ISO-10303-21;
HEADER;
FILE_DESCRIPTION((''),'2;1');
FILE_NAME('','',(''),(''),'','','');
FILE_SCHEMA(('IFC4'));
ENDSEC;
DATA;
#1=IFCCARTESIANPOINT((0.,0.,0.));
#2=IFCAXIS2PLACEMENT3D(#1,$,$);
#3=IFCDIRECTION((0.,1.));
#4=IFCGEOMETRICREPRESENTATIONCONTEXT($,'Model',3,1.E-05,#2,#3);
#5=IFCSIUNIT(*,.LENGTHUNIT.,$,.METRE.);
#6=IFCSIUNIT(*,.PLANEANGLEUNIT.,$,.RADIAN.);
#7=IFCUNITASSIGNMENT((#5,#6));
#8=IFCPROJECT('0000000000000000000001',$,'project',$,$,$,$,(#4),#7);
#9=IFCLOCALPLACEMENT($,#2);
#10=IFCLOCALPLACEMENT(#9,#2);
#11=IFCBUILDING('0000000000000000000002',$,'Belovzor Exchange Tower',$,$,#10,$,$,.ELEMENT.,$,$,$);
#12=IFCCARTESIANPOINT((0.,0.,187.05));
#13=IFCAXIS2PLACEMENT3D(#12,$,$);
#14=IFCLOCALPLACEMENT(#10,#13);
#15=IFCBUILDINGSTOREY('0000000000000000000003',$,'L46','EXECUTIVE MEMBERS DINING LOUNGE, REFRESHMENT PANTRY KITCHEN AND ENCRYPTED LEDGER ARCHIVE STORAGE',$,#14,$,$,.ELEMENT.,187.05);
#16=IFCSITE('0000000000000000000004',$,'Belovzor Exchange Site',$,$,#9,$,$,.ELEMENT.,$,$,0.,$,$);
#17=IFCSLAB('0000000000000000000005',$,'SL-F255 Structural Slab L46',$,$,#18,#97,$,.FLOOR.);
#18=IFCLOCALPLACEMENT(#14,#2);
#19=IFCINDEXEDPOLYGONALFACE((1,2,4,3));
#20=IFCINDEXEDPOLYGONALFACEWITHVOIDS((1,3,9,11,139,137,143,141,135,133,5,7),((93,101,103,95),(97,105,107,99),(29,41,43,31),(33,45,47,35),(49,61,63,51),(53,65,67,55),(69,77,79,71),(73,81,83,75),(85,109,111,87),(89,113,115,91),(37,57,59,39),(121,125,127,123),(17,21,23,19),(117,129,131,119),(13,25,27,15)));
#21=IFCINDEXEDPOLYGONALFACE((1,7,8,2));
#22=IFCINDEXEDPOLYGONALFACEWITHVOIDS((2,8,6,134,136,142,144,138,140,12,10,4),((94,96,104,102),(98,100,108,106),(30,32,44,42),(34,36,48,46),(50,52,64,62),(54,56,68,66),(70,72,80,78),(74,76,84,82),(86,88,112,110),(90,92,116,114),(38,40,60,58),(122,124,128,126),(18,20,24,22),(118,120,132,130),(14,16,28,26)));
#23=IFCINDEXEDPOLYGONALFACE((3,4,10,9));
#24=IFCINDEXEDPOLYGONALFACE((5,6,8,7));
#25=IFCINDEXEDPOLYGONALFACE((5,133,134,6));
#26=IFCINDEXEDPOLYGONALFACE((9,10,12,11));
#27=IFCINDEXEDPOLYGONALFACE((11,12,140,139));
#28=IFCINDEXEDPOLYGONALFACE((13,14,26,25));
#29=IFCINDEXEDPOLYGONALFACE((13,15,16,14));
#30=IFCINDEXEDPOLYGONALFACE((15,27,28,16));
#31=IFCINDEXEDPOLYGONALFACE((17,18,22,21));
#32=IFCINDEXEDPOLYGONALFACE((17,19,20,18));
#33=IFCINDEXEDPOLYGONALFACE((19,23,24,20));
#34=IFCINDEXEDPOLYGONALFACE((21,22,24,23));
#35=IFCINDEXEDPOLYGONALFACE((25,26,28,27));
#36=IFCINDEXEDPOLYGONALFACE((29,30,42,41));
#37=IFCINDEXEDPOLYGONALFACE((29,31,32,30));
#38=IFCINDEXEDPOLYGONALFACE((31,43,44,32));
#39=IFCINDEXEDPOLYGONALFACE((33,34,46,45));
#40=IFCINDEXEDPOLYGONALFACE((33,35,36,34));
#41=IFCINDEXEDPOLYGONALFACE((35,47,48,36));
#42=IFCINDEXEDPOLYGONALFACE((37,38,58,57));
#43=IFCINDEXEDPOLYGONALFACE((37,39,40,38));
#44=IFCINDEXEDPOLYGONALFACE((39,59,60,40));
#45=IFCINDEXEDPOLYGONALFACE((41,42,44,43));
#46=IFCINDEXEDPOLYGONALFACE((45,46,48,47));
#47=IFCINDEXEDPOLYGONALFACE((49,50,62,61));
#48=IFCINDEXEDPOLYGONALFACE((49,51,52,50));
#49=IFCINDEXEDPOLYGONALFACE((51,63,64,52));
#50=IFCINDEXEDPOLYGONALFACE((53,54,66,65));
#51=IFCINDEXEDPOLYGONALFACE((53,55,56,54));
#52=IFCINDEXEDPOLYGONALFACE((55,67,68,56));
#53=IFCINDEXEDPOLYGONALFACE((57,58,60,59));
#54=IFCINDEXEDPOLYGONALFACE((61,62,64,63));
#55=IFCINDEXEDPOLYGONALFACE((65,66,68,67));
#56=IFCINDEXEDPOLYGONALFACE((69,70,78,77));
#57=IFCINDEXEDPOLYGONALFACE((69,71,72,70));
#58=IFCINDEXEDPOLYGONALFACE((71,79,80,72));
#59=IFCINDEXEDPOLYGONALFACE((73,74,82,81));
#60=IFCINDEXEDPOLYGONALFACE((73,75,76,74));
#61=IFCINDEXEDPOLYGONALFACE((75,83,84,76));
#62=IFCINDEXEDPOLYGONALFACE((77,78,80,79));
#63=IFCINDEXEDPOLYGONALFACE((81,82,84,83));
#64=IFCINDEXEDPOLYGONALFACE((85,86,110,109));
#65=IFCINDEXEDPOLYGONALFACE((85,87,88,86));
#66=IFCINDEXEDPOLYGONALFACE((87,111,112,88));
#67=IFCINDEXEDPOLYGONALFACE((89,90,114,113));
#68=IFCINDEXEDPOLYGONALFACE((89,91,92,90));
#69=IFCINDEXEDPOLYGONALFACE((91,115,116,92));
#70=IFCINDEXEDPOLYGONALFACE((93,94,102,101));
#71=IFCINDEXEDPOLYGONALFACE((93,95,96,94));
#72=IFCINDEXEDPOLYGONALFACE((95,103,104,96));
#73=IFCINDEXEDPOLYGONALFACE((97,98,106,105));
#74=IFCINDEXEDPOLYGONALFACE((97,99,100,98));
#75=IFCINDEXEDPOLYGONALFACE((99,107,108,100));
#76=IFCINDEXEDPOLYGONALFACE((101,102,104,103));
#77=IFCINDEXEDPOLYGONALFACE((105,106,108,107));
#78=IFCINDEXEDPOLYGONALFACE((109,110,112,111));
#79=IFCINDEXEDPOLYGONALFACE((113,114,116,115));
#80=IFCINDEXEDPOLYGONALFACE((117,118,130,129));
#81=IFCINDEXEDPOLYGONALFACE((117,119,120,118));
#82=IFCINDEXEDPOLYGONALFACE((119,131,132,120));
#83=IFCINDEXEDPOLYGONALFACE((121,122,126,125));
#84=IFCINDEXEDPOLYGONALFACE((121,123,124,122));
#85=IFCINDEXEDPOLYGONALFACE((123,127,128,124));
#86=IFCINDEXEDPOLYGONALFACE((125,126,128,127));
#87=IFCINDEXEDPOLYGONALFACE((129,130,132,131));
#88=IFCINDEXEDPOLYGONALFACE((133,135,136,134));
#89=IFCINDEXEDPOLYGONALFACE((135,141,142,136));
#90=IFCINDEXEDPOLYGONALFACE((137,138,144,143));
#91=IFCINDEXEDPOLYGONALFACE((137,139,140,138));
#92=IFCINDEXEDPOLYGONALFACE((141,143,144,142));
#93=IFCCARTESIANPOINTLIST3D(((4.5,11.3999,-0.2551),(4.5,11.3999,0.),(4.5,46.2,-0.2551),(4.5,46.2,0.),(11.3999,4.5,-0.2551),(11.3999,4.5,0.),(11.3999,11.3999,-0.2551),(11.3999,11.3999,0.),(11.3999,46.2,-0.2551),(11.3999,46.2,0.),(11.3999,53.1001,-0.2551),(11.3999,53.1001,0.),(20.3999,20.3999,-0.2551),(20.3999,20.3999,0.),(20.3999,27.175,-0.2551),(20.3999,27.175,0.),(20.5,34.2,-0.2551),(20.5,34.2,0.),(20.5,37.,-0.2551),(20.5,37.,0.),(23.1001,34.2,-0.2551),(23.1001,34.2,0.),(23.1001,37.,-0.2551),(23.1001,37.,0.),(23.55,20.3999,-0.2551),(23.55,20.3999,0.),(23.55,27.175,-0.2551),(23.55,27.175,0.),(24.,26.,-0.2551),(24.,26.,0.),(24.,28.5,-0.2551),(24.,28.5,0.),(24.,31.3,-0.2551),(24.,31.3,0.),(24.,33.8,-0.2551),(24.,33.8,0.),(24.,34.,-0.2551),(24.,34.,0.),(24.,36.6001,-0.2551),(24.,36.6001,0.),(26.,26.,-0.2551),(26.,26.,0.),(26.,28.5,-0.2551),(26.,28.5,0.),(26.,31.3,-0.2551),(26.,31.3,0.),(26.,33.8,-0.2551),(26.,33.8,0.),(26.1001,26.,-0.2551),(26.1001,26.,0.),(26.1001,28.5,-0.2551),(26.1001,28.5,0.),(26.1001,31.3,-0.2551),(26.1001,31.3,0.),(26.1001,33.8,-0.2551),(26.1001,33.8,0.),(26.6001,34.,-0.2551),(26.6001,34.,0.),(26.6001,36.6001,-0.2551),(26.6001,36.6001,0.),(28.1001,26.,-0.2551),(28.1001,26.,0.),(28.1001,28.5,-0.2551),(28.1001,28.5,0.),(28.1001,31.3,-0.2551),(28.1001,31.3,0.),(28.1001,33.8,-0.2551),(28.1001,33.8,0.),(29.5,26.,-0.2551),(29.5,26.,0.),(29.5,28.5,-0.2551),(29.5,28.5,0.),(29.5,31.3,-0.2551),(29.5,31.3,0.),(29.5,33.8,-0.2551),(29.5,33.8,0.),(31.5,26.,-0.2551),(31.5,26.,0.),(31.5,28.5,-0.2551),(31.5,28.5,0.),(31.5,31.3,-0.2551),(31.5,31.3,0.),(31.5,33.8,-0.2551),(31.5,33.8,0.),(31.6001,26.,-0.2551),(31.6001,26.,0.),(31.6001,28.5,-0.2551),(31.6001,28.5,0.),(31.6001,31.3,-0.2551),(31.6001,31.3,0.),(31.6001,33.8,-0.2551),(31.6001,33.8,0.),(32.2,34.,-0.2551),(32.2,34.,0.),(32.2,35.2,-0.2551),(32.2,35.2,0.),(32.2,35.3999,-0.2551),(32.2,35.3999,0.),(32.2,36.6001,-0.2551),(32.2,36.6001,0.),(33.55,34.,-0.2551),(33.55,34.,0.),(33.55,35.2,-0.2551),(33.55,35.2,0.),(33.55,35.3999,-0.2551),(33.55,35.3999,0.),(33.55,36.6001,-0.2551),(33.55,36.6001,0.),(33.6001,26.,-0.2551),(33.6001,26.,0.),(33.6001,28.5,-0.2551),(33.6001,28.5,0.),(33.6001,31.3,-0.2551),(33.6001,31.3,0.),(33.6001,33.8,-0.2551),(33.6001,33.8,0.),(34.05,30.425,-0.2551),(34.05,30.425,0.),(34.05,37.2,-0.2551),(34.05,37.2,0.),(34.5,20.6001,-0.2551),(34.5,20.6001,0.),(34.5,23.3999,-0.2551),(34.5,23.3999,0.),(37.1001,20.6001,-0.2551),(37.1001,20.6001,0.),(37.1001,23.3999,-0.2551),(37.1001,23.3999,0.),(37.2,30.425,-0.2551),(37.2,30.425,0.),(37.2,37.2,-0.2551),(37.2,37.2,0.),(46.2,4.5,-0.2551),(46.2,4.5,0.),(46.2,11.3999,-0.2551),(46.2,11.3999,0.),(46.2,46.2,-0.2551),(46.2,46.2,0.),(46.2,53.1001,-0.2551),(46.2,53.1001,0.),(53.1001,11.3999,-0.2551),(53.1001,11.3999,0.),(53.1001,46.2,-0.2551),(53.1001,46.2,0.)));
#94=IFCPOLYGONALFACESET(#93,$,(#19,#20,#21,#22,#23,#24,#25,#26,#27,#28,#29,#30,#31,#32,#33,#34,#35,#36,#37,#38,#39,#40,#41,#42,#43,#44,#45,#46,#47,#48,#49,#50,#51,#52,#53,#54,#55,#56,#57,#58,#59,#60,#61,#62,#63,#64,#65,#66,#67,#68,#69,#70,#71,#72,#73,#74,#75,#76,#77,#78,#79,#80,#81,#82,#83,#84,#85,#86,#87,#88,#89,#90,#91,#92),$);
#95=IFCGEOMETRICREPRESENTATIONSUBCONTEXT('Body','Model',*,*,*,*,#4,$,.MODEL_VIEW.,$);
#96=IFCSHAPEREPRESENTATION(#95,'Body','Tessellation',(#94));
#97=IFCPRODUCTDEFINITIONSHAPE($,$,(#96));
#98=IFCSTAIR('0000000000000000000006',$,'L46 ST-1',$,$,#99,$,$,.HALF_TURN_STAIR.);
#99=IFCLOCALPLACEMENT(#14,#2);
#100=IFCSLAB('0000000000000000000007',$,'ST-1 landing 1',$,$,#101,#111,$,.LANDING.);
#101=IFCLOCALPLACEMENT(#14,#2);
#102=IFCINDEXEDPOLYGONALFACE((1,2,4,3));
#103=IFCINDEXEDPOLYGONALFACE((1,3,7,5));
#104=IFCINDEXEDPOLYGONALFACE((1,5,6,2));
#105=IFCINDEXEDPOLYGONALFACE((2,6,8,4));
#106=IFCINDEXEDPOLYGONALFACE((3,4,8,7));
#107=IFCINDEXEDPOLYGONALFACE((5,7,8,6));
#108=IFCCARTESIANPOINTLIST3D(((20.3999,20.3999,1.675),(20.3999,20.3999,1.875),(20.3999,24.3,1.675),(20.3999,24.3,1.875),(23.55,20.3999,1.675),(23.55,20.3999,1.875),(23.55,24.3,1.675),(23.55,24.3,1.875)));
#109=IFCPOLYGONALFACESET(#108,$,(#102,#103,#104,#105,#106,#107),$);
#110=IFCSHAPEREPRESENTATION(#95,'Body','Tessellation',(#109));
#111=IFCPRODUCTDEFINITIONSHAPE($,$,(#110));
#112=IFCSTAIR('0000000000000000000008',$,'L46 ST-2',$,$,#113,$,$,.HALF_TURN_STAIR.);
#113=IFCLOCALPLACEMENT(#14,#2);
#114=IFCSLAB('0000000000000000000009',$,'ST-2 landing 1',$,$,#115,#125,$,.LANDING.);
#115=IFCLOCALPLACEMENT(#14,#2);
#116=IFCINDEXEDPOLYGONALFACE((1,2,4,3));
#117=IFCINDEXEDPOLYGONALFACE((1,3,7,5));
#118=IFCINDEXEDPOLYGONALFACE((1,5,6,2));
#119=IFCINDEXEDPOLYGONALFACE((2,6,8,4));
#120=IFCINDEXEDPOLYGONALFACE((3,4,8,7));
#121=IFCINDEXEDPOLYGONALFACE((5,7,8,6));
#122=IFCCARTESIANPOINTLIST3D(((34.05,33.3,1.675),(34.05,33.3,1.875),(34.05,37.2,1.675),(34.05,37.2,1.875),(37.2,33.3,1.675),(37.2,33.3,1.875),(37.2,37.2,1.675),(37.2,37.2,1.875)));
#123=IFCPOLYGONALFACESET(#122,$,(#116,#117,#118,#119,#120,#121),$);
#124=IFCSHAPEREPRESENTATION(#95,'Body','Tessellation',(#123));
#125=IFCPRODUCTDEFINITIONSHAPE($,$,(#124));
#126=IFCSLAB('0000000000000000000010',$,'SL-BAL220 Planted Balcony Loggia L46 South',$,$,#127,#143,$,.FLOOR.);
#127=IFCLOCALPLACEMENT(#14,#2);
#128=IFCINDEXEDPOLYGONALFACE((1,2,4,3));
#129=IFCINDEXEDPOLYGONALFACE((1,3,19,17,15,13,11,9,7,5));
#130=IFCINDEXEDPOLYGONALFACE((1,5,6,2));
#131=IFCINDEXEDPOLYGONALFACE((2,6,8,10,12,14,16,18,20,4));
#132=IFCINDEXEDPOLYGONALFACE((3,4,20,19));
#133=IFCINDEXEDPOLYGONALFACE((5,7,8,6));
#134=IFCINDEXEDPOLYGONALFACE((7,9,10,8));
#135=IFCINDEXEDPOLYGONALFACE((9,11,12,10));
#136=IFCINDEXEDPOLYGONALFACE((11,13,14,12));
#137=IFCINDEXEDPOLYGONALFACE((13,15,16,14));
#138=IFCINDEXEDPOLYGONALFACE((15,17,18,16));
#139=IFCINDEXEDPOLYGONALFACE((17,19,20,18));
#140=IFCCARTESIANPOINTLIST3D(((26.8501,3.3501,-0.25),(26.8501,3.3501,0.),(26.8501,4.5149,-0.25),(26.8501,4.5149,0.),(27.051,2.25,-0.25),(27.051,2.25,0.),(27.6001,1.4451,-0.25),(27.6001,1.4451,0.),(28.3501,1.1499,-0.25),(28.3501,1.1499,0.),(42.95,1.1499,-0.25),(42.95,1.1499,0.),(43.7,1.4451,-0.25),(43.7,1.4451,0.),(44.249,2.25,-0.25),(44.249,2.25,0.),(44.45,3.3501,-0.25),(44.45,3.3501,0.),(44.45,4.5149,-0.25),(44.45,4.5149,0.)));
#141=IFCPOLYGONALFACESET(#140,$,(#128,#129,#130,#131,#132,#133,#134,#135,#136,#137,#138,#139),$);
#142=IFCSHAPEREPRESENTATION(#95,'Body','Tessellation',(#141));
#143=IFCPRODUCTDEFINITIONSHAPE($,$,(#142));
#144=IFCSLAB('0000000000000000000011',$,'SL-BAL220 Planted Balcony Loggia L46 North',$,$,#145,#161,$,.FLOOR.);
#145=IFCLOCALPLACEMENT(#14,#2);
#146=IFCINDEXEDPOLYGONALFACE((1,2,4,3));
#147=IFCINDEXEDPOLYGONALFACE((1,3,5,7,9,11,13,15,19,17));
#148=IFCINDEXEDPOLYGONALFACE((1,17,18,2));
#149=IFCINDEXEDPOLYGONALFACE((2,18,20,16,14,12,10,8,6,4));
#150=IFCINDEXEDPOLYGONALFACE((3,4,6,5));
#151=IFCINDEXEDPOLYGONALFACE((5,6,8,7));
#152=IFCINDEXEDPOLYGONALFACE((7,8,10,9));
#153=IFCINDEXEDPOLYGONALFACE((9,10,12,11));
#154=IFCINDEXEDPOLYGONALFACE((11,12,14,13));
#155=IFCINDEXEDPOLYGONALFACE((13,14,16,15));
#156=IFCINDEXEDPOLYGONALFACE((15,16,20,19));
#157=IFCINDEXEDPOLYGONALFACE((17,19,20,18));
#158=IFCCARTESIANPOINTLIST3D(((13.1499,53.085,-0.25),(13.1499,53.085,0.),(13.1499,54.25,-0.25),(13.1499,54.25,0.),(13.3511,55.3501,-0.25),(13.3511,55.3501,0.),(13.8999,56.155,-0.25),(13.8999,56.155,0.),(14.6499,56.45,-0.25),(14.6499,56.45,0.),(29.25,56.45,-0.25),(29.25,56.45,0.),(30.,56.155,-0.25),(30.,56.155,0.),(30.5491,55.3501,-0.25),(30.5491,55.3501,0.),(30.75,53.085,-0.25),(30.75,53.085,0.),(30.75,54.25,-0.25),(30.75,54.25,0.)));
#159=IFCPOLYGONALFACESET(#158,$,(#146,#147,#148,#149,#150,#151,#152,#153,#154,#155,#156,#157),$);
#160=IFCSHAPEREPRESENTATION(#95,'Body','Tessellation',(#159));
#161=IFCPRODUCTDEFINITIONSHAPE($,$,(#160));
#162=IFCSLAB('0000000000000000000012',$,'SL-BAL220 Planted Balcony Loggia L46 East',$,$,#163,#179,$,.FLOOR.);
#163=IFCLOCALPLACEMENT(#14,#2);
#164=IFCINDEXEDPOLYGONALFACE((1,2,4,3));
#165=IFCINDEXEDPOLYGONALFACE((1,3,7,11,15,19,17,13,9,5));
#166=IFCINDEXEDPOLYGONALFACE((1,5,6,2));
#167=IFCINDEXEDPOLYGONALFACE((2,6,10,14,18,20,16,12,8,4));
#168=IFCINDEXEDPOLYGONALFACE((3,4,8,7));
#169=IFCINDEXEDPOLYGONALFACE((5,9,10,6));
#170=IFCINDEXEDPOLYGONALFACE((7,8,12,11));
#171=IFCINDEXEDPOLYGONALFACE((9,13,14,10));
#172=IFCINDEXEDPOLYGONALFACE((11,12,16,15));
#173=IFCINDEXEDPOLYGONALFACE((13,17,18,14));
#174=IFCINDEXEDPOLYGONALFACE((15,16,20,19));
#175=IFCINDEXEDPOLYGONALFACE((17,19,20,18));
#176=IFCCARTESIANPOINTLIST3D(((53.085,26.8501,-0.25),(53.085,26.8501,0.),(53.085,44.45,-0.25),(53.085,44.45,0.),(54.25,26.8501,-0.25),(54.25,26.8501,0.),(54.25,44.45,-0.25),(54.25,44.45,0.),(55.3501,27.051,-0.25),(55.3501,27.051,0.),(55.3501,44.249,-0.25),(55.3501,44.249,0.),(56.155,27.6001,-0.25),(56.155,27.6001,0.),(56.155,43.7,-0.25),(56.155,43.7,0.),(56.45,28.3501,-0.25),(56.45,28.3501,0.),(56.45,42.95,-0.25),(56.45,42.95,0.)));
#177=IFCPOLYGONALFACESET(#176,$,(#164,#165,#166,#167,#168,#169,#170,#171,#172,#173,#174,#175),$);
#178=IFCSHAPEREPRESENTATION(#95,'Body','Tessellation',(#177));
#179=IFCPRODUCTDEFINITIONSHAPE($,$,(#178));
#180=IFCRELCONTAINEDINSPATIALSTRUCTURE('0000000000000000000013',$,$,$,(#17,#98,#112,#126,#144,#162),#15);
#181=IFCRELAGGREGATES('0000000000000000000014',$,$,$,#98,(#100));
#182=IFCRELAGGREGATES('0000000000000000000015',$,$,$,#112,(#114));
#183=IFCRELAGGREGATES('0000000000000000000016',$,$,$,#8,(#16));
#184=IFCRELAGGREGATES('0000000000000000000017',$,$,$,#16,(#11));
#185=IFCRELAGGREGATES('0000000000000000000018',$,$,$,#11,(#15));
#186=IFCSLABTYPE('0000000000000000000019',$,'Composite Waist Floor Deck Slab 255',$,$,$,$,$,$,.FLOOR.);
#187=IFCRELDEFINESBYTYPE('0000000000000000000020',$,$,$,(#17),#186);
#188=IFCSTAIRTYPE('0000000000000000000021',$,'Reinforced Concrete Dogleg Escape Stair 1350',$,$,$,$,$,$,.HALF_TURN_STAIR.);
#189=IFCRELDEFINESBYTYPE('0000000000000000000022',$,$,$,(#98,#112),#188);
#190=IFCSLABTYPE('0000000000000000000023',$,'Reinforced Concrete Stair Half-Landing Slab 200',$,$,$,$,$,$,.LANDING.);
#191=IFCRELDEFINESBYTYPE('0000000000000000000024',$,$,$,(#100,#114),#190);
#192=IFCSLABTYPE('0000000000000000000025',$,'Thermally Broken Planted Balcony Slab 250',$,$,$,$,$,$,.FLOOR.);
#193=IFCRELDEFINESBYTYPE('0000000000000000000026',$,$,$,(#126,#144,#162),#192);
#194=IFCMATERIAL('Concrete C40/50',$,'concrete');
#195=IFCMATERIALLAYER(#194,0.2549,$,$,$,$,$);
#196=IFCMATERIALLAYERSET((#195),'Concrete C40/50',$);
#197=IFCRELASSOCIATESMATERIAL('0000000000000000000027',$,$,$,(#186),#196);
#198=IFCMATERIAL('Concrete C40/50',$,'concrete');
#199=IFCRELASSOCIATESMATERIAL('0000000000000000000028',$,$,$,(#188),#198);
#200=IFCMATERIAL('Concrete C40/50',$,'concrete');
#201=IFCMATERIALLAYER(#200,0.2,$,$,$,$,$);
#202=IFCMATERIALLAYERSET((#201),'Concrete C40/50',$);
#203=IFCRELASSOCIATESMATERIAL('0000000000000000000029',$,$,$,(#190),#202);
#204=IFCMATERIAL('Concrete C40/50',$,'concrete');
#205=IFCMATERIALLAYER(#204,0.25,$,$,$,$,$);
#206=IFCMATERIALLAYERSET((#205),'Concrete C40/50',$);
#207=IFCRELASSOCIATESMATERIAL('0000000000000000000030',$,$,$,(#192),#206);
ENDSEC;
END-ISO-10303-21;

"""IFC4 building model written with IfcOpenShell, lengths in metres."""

from ifc_helpers import new_model, si_unit, direction, frame, origin, place, context, subcontext, project, spatial, polyline, outline, extrude, material, layer, layer_set, type_object, element, aggregate, save


model = new_model("IFC4")

# Units and contexts
model_context = context("Model", 3, precision=1e-05, world=origin(), true_north=direction((0.0, 1.0)))
body_context = subcontext(model_context, "Body", "Model", "MODEL_VIEW")
ifc_project = project(units=[si_unit("LENGTHUNIT", "METRE"), si_unit("PLANEANGLEUNIT", "RADIAN")], contexts=[model_context])

# Site, building, storey
site_placement = place(None, origin())
site = spatial("IfcSite", under=ifc_project, at=site_placement, Name="Belovzor Exchange Site", CompositionType="ELEMENT", RefElevation=0.0)
building_placement = place(site_placement, origin())
building = spatial("IfcBuilding", under=site, at=building_placement, Name="Belovzor Exchange Tower", CompositionType="ELEMENT")
storey_placement = place(building_placement, frame((0.0, 0.0, 187.05)))
storey = spatial("IfcBuildingStorey", under=building, at=storey_placement, Name="L46", Description="EXECUTIVE MEMBERS DINING LOUNGE, REFRESHMENT PANTRY KITCHEN AND ENCRYPTED LEDGER ARCHIVE STORAGE", CompositionType="ELEMENT", Elevation=187.05)

# Slab
ifc_material_1 = material(Name="Concrete C40/50", Category="concrete")
ifc_layer_1 = layer(ifc_material_1, 0.2549)
ifc_layer_set_1 = layer_set([ifc_layer_1], Name="Concrete C40/50")
slab_type_1 = type_object("IfcSlabType", Name="Composite Waist Floor Deck Slab 255", PredefinedType="FLOOR", material=ifc_layer_set_1)
slab_1_placement = place(storey_placement, frame((0.0, 0.0, -0.2551)))
element("IfcSlab", 1, at=slab_1_placement, inside=storey, type_object=slab_type_1, Name="SL-F255 Structural Slab L46", PredefinedType="FLOOR", context=body_context, shape_type="SweptSolid", body=[
    extrude(outline(polyline([(11.3999, 4.5), (46.2, 4.5), (46.2, 11.3999), (53.1001, 11.3999), (53.1001, 46.2), (46.2, 46.2), (46.2, 53.1001), (11.3999, 53.1001), (11.3999, 46.2), (4.5, 46.2), (4.5, 11.3999), (11.3999, 11.3999), (11.3999, 4.5)]), holes=[polyline([(20.3999, 27.175), (20.3999, 20.3999), (23.55, 20.3999), (23.55, 27.175), (20.3999, 27.175)]), polyline([(37.2, 30.425), (37.2, 37.2), (34.05, 37.2), (34.05, 30.425), (37.2, 30.425)]), polyline([(20.5, 34.2), (23.1001, 34.2), (23.1001, 37.0), (20.5, 37.0), (20.5, 34.2)]), polyline([(34.5, 20.6001), (37.1001, 20.6001), (37.1001, 23.3999), (34.5, 23.3999), (34.5, 20.6001)]), polyline([(24.0, 34.0), (26.6001, 34.0), (26.6001, 36.6001), (24.0, 36.6001), (24.0, 34.0)]), polyline([(24.0, 26.0), (26.0, 26.0), (26.0, 28.5), (24.0, 28.5), (24.0, 26.0)]), polyline([(26.1001, 26.0), (28.1001, 26.0), (28.1001, 28.5), (26.1001, 28.5), (26.1001, 26.0)]), polyline([(29.5, 26.0), (31.5, 26.0), (31.5, 28.5), (29.5, 28.5), (29.5, 26.0)]), polyline([(31.6001, 26.0), (33.6001, 26.0), (33.6001, 28.5), (31.6001, 28.5), (31.6001, 26.0)]), polyline([(24.0, 31.3), (26.0, 31.3), (26.0, 33.8), (24.0, 33.8), (24.0, 31.3)]), polyline([(26.1001, 31.3), (28.1001, 31.3), (28.1001, 33.8), (26.1001, 33.8), (26.1001, 31.3)]), polyline([(29.5, 31.3), (31.5, 31.3), (31.5, 33.8), (29.5, 33.8), (29.5, 31.3)]), polyline([(31.6001, 31.3), (33.6001, 31.3), (33.6001, 33.8), (31.6001, 33.8), (31.6001, 31.3)]), polyline([(32.2, 34.0), (33.55, 34.0), (33.55, 35.2), (32.2, 35.2), (32.2, 34.0)]), polyline([(32.2, 35.3999), (33.55, 35.3999), (33.55, 36.6001), (32.2, 36.6001), (32.2, 35.3999)])]), origin(), (0.0, 0.0, 1.0), 0.2551),
])

# Stairs, slabs
ifc_material_2 = material(Name="Concrete C40/50", Category="concrete")
stair_type = type_object("IfcStairType", Name="Reinforced Concrete Dogleg Escape Stair 1350", PredefinedType="HALF_TURN_STAIR", material=ifc_material_2)
stair_1_placement = place(storey_placement, origin())
stair_1 = element("IfcStair", 2, at=stair_1_placement, inside=storey, type_object=stair_type, Name="L46 ST-1", PredefinedType="HALF_TURN_STAIR")
ifc_material_3 = material(Name="Concrete C40/50", Category="concrete")
ifc_layer_2 = layer(ifc_material_3, 0.2)
ifc_layer_set_2 = layer_set([ifc_layer_2], Name="Concrete C40/50")
slab_type_2 = type_object("IfcSlabType", Name="Reinforced Concrete Stair Half-Landing Slab 200", PredefinedType="LANDING", material=ifc_layer_set_2)
slab_2_placement = place(storey_placement, frame((0.0, 0.0, 1.675)))
slab_2 = element("IfcSlab", 3, at=slab_2_placement, type_object=slab_type_2, Name="ST-1 landing 1", PredefinedType="LANDING", context=body_context, shape_type="SweptSolid", body=[
    extrude(outline(polyline([(20.3999, 24.3), (20.3999, 20.3999), (23.55, 20.3999), (23.55, 24.3), (20.3999, 24.3)])), origin(), (0.0, 0.0, 1.0), 0.2),
])
aggregate(stair_1, [slab_2])
stair_2_placement = place(storey_placement, origin())
stair_2 = element("IfcStair", 4, at=stair_2_placement, inside=storey, type_object=stair_type, Name="L46 ST-2", PredefinedType="HALF_TURN_STAIR")
slab_3_placement = place(storey_placement, frame((0.0, 0.0, 1.675)))
slab_3 = element("IfcSlab", 5, at=slab_3_placement, type_object=slab_type_2, Name="ST-2 landing 1", PredefinedType="LANDING", context=body_context, shape_type="SweptSolid", body=[
    extrude(outline(polyline([(37.2, 33.3), (37.2, 37.2), (34.05, 37.2), (34.05, 33.3), (37.2, 33.3)])), origin(), (0.0, 0.0, 1.0), 0.2),
])
aggregate(stair_2, [slab_3])

# Slabs
ifc_material_4 = material(Name="Concrete C40/50", Category="concrete")
ifc_layer_3 = layer(ifc_material_4, 0.25)
ifc_layer_set_3 = layer_set([ifc_layer_3], Name="Concrete C40/50")
slab_type_3 = type_object("IfcSlabType", Name="Thermally Broken Planted Balcony Slab 250", PredefinedType="FLOOR", material=ifc_layer_set_3)
slab_4_placement = place(storey_placement, frame((0.0, 0.0, -0.25)))
element("IfcSlab", 6, at=slab_4_placement, inside=storey, type_object=slab_type_3, Name="SL-BAL220 Planted Balcony Loggia L46 South", PredefinedType="FLOOR", context=body_context, shape_type="SweptSolid", body=[
    extrude(outline(polyline([(26.8501, 4.5149), (26.8501, 3.3501), (27.051, 2.25), (27.6001, 1.4451), (28.3501, 1.1499), (42.95, 1.1499), (43.7, 1.4451), (44.249, 2.25), (44.45, 3.3501), (44.45, 4.5149), (26.8501, 4.5149)])), origin(), (0.0, 0.0, 1.0), 0.25),
])
slab_5_placement = place(storey_placement, frame((0.0, 0.0, -0.25)))
element("IfcSlab", 7, at=slab_5_placement, inside=storey, type_object=slab_type_3, Name="SL-BAL220 Planted Balcony Loggia L46 North", PredefinedType="FLOOR", context=body_context, shape_type="SweptSolid", body=[
    extrude(outline(polyline([(30.75, 53.085), (30.75, 54.25), (30.5491, 55.3501), (30.0, 56.155), (29.25, 56.45), (14.6499, 56.45), (13.8999, 56.155), (13.3511, 55.3501), (13.1499, 54.25), (13.1499, 53.085), (30.75, 53.085)])), origin(), (0.0, 0.0, 1.0), 0.25),
])
slab_6_placement = place(storey_placement, frame((0.0, 0.0, -0.25)))
element("IfcSlab", 8, at=slab_6_placement, inside=storey, type_object=slab_type_3, Name="SL-BAL220 Planted Balcony Loggia L46 East", PredefinedType="FLOOR", context=body_context, shape_type="SweptSolid", body=[
    extrude(outline(polyline([(53.085, 26.8501), (54.25, 26.8501), (55.3501, 27.051), (56.155, 27.6001), (56.45, 28.3501), (56.45, 42.95), (56.155, 43.7), (55.3501, 44.249), (54.25, 44.45), (53.085, 44.45), (53.085, 26.8501)])), origin(), (0.0, 0.0, 1.0), 0.25),
])

save(model, "model.ifc")
